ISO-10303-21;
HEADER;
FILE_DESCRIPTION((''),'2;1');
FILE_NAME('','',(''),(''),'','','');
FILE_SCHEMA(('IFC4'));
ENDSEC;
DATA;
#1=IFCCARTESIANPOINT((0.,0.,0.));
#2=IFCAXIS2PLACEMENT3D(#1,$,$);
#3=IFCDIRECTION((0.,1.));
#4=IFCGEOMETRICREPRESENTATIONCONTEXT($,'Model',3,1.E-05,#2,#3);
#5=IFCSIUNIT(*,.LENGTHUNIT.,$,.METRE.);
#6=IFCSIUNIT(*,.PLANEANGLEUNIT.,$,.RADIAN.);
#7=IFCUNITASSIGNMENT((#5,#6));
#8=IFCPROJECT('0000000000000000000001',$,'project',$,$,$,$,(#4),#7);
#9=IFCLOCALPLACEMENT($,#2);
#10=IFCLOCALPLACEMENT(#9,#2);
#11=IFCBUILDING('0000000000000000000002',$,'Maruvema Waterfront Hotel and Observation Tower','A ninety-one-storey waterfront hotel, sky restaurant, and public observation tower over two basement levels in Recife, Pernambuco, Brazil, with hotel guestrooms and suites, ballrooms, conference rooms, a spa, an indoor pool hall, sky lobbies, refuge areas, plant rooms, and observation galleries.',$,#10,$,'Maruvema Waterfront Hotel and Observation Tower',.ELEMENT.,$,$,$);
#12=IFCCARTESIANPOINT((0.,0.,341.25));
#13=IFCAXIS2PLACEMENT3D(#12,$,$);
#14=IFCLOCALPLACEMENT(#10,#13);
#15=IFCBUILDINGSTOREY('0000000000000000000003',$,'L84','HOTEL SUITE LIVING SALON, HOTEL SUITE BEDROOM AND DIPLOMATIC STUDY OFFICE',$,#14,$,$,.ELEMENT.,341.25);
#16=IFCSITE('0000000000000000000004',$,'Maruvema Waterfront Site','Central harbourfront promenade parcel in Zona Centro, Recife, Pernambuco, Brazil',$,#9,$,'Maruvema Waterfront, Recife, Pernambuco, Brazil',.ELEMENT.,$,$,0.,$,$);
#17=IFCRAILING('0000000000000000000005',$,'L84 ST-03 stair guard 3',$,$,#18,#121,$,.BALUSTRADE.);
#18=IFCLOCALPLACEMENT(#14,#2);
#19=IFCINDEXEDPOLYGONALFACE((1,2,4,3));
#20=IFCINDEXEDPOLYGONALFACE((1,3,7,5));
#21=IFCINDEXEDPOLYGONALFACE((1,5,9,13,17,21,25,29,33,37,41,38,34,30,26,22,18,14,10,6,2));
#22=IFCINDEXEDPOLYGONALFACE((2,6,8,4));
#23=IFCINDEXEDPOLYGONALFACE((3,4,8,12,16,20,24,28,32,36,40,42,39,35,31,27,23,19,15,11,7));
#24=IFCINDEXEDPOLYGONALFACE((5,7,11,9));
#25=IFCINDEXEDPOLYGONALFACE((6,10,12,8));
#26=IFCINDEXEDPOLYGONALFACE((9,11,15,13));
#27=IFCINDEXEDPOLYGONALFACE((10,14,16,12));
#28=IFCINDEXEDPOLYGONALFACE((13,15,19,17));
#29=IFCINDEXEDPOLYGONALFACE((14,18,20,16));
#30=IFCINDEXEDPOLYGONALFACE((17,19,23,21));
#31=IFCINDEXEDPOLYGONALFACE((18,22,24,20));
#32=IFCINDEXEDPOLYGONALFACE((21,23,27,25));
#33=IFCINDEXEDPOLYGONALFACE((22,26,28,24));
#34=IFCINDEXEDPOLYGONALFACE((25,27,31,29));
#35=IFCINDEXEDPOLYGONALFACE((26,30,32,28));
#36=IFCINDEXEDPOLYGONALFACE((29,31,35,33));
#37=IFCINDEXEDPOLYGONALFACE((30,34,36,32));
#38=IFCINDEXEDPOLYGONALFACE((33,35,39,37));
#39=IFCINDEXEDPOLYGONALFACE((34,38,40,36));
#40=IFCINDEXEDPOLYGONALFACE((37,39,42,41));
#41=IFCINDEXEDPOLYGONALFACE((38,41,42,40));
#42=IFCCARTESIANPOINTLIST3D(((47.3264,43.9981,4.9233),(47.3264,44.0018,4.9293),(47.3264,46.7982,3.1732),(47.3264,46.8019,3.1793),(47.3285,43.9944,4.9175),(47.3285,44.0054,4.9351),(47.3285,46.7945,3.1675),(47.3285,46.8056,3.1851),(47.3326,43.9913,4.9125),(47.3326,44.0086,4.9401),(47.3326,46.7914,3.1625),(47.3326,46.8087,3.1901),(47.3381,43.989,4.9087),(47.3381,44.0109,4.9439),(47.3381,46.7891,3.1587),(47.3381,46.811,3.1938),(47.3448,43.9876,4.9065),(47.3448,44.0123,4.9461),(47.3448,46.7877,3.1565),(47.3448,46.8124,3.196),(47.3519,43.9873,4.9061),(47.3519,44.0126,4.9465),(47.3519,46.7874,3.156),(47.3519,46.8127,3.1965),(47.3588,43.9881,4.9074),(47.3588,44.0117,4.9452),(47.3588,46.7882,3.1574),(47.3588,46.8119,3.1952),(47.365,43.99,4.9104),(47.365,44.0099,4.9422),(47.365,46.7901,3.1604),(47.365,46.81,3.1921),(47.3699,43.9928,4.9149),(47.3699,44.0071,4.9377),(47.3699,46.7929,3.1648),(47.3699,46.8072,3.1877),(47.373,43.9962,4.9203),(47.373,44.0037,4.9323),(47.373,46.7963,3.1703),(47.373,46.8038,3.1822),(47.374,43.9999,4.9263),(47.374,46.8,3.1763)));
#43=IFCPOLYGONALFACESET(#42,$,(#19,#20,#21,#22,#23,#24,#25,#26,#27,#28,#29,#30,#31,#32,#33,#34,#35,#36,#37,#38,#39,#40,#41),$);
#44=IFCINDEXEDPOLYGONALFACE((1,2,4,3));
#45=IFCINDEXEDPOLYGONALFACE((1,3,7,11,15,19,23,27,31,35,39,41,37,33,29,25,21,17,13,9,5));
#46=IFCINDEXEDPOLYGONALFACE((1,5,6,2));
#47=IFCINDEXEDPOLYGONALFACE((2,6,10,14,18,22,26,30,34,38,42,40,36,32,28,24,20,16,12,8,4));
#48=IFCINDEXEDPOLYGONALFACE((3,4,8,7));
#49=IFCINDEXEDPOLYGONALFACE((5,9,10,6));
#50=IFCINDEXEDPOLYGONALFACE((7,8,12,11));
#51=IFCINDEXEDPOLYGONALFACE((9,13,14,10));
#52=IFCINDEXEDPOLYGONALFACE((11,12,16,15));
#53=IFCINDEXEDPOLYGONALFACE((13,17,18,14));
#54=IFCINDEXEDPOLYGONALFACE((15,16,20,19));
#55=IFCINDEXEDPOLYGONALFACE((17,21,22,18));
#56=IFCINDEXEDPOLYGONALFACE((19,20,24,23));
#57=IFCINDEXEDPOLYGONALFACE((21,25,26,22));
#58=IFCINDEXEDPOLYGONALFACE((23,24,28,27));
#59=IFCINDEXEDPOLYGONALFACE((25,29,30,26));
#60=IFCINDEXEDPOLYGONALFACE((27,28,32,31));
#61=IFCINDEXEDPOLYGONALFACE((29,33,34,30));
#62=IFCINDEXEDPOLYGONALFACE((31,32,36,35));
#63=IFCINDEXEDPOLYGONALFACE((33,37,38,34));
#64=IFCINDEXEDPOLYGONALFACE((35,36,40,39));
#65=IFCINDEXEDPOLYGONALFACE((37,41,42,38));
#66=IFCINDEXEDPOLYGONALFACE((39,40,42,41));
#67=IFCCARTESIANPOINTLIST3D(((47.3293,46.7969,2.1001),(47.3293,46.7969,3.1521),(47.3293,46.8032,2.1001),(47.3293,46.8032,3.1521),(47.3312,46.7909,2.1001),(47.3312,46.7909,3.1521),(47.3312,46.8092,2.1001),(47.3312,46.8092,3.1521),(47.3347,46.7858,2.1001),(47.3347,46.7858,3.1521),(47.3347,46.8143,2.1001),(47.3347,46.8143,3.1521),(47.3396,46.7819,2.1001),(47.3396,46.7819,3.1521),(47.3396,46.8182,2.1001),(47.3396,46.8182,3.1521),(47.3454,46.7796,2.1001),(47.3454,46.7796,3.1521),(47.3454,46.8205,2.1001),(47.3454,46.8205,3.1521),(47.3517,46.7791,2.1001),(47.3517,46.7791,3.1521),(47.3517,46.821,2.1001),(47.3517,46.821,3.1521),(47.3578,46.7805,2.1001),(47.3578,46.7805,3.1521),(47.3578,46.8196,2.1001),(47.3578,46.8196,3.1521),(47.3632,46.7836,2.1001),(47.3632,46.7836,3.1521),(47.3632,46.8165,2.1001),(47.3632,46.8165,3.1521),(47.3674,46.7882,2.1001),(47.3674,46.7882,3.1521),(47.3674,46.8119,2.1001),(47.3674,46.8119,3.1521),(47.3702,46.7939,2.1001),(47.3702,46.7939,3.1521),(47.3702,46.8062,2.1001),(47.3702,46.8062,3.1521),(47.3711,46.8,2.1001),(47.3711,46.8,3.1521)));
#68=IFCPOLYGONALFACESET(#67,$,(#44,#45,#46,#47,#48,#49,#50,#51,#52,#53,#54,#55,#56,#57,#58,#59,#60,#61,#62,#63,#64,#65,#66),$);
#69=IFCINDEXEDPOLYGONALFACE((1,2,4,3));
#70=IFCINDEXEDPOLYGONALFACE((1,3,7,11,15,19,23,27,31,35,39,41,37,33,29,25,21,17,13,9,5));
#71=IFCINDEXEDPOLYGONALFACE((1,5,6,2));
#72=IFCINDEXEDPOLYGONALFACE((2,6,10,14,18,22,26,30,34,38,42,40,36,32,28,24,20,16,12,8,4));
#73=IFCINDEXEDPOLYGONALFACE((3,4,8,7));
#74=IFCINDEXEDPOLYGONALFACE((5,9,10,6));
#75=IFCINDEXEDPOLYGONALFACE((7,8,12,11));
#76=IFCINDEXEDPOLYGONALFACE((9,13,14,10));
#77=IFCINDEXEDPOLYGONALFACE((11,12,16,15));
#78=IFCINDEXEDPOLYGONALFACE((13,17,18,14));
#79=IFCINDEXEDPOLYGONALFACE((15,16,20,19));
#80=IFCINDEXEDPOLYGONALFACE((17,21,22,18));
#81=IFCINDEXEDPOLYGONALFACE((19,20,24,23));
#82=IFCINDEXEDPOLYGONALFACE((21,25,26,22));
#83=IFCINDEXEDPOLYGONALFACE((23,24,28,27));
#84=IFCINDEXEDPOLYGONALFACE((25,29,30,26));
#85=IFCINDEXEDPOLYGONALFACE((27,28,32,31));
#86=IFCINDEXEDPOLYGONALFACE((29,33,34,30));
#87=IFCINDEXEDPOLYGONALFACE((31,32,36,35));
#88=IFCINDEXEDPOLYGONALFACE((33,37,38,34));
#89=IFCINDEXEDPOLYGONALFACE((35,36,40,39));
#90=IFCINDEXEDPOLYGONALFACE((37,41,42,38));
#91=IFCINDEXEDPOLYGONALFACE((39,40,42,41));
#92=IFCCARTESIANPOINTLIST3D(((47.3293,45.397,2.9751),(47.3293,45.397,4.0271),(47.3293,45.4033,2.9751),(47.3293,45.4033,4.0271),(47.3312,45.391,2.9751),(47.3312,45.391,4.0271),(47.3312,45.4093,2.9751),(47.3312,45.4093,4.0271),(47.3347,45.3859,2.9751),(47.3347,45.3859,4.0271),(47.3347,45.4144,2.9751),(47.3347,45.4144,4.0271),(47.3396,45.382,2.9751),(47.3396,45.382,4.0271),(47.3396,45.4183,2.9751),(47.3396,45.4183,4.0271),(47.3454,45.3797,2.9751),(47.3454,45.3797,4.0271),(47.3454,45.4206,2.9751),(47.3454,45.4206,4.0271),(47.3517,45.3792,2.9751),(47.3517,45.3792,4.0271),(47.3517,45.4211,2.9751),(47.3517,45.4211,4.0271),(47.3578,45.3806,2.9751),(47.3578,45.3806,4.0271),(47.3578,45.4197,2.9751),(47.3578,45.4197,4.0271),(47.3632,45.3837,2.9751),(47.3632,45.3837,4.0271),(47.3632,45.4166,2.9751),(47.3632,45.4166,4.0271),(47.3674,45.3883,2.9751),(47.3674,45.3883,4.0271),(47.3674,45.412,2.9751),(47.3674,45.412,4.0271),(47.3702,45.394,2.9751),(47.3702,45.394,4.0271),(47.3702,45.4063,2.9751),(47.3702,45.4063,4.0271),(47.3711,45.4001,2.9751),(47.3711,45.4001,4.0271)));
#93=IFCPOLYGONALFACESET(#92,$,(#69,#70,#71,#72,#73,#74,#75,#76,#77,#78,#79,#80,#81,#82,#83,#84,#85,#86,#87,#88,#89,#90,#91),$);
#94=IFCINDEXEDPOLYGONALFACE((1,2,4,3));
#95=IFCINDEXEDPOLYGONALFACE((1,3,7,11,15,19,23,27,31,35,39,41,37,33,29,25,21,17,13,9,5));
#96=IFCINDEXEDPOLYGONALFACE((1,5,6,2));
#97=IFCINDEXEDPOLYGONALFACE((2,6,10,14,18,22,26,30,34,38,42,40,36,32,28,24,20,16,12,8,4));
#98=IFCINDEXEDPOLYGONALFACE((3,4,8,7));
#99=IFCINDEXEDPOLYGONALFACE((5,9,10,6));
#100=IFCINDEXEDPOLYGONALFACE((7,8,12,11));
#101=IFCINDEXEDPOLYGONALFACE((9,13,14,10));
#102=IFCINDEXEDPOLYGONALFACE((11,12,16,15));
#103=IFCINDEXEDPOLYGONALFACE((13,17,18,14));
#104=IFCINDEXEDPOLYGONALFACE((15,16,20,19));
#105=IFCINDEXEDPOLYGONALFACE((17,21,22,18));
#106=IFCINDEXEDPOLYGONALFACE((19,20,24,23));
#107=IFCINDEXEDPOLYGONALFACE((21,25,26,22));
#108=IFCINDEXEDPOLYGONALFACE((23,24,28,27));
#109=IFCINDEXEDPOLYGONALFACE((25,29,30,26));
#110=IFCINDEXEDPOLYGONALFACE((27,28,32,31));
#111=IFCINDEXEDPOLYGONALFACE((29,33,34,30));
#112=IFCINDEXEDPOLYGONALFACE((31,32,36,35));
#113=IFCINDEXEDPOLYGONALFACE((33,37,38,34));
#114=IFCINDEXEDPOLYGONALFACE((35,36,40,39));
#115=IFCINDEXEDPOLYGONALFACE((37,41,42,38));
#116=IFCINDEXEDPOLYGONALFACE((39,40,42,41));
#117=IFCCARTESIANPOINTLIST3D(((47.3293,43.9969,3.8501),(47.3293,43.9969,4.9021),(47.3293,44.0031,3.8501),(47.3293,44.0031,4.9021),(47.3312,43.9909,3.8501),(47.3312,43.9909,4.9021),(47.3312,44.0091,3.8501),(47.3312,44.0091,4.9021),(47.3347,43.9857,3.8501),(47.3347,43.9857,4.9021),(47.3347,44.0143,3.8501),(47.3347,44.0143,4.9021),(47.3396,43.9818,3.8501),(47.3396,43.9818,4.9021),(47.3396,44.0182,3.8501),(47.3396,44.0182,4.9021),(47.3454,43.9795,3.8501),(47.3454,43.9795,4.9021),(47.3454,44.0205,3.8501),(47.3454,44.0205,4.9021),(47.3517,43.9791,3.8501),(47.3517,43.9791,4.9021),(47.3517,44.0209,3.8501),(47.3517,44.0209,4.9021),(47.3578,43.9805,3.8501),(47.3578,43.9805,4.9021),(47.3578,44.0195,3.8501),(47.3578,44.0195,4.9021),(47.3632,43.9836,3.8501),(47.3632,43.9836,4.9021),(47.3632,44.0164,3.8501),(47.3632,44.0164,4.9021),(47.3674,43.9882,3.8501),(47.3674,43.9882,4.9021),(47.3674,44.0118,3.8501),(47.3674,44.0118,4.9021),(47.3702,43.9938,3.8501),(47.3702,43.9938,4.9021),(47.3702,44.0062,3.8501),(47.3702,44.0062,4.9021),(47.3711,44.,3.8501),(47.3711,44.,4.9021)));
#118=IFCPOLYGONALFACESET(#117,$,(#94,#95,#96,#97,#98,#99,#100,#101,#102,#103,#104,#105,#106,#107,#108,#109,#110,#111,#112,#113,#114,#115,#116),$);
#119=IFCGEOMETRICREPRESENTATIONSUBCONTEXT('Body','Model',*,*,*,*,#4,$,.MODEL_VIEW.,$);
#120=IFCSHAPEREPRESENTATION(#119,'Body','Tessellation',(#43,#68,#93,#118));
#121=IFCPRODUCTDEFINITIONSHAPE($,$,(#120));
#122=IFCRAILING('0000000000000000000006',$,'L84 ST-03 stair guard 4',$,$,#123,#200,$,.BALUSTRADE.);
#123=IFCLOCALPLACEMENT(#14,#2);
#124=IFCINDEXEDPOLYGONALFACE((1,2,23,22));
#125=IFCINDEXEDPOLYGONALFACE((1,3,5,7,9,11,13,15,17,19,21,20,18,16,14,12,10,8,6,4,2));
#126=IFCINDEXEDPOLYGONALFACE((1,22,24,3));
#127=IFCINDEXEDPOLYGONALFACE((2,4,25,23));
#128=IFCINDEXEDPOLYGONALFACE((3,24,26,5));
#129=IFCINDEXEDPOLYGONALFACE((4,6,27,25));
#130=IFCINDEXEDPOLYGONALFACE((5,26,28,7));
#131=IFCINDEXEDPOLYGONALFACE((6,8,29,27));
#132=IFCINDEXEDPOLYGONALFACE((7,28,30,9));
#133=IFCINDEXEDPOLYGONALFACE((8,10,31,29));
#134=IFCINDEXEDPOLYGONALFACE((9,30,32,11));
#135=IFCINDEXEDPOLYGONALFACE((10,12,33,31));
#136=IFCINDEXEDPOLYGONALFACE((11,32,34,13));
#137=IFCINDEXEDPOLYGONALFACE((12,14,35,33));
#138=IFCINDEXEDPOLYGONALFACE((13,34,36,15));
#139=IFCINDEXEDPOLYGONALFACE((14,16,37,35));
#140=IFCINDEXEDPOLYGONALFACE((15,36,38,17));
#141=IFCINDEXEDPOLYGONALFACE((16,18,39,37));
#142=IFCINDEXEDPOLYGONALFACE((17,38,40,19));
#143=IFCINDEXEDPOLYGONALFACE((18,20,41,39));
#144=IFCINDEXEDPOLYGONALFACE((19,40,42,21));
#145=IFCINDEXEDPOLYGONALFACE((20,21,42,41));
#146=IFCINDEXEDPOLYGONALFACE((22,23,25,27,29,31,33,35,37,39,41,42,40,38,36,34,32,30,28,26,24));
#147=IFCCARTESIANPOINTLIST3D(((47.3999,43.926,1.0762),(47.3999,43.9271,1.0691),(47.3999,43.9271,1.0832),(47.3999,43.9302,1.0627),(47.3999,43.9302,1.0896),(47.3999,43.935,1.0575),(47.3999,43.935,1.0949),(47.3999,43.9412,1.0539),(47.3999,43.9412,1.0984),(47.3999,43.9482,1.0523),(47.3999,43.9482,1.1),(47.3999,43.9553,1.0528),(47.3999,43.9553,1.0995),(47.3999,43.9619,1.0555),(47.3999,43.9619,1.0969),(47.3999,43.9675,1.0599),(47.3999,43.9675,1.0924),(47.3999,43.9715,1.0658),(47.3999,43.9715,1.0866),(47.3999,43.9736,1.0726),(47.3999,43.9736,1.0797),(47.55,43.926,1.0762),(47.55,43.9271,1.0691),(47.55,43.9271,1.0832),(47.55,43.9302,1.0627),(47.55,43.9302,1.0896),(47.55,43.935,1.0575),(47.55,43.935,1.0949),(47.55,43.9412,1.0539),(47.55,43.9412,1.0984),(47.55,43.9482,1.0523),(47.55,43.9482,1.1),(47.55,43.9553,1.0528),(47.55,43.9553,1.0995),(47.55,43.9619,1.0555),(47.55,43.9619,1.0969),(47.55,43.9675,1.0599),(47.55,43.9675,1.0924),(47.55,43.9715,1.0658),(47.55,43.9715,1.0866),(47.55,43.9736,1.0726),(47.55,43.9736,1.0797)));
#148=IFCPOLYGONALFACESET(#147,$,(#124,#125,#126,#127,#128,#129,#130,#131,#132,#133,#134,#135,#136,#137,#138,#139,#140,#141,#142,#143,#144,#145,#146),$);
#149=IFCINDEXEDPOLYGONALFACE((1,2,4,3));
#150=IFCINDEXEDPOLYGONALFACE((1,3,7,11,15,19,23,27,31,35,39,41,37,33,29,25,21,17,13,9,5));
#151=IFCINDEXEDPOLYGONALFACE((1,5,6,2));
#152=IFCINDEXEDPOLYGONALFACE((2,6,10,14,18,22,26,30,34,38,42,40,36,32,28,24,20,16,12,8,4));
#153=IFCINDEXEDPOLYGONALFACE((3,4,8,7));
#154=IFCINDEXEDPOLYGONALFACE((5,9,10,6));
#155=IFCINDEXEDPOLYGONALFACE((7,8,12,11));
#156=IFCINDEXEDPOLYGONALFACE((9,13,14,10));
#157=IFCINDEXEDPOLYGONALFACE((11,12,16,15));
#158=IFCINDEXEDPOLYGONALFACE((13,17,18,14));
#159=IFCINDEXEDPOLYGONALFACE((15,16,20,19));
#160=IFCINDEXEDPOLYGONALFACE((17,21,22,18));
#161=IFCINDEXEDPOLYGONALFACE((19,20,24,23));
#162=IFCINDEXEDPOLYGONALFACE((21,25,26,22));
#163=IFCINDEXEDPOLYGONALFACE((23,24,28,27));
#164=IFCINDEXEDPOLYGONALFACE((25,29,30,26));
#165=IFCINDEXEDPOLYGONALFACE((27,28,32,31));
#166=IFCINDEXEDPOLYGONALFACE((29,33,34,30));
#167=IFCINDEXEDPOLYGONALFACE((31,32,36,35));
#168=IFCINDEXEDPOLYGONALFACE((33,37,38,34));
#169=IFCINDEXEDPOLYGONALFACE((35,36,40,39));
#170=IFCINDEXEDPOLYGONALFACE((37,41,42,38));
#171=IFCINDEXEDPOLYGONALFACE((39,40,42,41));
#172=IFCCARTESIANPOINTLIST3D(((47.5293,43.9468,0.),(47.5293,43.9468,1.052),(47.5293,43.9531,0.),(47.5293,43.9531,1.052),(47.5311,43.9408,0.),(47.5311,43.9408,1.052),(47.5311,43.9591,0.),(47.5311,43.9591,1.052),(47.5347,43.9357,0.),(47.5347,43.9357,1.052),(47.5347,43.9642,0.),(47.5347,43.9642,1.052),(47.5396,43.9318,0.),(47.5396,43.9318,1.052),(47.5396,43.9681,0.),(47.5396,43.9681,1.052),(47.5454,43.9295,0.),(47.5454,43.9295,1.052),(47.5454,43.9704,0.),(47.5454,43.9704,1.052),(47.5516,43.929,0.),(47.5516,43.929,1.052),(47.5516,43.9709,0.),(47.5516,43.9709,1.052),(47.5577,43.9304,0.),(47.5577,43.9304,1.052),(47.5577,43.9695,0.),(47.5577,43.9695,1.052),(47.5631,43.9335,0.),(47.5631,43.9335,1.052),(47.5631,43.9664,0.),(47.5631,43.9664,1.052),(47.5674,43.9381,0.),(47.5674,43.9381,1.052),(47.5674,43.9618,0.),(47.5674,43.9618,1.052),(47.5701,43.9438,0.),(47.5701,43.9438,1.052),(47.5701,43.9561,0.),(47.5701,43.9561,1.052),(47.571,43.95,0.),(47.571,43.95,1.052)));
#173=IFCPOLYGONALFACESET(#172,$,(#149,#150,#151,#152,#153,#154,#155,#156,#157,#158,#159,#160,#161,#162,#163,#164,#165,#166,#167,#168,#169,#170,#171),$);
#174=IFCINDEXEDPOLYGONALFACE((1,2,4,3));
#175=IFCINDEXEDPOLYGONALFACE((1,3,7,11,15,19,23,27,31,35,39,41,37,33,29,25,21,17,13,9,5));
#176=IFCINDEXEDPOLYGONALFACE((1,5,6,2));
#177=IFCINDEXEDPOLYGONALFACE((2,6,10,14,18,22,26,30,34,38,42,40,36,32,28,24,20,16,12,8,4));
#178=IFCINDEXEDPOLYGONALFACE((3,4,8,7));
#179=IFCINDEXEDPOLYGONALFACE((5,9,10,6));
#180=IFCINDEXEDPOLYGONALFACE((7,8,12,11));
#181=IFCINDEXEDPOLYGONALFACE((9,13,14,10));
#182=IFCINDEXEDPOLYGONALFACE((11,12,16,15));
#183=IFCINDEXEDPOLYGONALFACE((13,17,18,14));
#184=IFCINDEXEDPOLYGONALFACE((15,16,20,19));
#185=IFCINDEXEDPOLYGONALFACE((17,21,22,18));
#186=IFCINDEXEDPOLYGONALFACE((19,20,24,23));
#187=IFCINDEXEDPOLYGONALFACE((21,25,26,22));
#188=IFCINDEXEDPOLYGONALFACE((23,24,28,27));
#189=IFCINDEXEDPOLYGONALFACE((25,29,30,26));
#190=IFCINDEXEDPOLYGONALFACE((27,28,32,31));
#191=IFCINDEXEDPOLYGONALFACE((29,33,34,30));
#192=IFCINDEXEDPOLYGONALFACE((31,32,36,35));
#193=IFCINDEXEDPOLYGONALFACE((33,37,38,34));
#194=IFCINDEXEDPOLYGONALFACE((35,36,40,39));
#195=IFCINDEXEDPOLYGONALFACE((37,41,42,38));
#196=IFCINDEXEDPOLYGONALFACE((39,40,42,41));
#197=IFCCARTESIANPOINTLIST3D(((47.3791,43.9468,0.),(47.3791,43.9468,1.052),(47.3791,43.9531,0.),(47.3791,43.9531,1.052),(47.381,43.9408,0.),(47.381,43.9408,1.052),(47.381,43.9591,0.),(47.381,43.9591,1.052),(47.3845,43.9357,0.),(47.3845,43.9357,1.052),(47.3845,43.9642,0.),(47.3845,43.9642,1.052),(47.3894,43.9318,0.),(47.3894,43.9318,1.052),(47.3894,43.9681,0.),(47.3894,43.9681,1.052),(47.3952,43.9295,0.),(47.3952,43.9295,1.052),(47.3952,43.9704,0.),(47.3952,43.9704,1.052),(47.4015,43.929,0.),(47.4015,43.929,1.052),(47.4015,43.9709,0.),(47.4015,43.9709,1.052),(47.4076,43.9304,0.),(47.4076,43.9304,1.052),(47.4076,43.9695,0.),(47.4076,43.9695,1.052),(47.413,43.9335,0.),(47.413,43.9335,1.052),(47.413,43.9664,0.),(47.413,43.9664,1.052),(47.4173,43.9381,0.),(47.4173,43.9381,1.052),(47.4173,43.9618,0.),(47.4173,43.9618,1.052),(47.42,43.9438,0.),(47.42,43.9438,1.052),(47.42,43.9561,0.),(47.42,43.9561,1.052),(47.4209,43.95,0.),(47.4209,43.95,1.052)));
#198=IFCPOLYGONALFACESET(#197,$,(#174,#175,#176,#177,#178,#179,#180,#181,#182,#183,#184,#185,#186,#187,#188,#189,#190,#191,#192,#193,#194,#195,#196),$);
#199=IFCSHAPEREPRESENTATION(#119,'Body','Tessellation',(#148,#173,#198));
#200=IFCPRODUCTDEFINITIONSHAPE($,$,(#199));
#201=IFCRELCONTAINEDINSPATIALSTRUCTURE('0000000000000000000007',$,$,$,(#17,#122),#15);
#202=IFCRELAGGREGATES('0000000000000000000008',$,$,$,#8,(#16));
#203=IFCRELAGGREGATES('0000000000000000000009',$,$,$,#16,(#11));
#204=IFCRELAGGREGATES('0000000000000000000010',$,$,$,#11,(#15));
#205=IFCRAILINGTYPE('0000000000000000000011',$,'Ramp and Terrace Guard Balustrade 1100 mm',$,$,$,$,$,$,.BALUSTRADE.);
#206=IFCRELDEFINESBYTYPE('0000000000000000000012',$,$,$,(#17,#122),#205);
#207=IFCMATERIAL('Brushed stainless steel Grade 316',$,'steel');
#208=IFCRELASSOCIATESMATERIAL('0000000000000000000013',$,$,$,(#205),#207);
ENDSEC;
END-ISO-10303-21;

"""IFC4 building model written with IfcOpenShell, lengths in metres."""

from ifc_helpers import new_model, si_unit, direction, frame, origin, origin_2d, place, context, subcontext, project, spatial, circle, extrude, material, type_object, element, save


model = new_model("IFC4")

# Units and contexts
model_context = context("Model", 3, precision=1e-05, world=origin(), true_north=direction((0.0, 1.0)))
body_context = subcontext(model_context, "Body", "Model", "MODEL_VIEW")
ifc_project = project(units=[si_unit("LENGTHUNIT", "METRE"), si_unit("PLANEANGLEUNIT", "RADIAN")], contexts=[model_context])

# Site, building, storey
site_placement = place(None, origin())
site = spatial("IfcSite", under=ifc_project, at=site_placement, Name="Maruvema Waterfront Site", Description="Central harbourfront promenade parcel in Zona Centro, Recife, Pernambuco, Brazil", LongName="Maruvema Waterfront, Recife, Pernambuco, Brazil", CompositionType="ELEMENT", RefElevation=0.0)
building_placement = place(site_placement, origin())
building = spatial("IfcBuilding", under=site, at=building_placement, Name="Maruvema Waterfront Hotel and Observation Tower", Description="A ninety-one-storey waterfront hotel, sky restaurant, and public observation tower over two basement levels in Recife, Pernambuco, Brazil, with hotel guestrooms and suites, ballrooms, conference rooms, a spa, an indoor pool hall, sky lobbies, refuge areas, plant rooms, and observation galleries.", LongName="Maruvema Waterfront Hotel and Observation Tower", CompositionType="ELEMENT")
storey_placement = place(building_placement, frame((0.0, 0.0, 341.25)))
storey = spatial("IfcBuildingStorey", under=building, at=storey_placement, Name="L84", Description="HOTEL SUITE LIVING SALON, HOTEL SUITE BEDROOM AND DIPLOMATIC STUDY OFFICE", CompositionType="ELEMENT", Elevation=341.25)

# Railings
ifc_material_1 = material(Name="Brushed stainless steel Grade 316", Category="steel")
railing_type_1 = type_object("IfcRailingType", Name="Ramp and Terrace Guard Balustrade 1100 mm", PredefinedType="BALUSTRADE", material=ifc_material_1)
railing_1_placement = place(storey_placement, frame((47.3501, 46.8, 2.1001)))
element("IfcRailing", 1, at=railing_1_placement, inside=storey, type_object=railing_type_1, Name="L84 ST-03 stair guard 3", PredefinedType="BALUSTRADE", context=body_context, shape_type="SweptSolid", body=[
    extrude(circle(Radius=0.0239, at=origin_2d()), frame((0.0, 0.0, 1.0762), z_axis=(0.0, -0.848002, 0.529992), x_axis=(1.0, 0.0, 0.0)), (0.0, 0.0, 1.0), 3.302),
    extrude(circle(Radius=0.021, at=origin_2d()), origin(), (0.0, 0.0, 1.0), 1.052),
    extrude(circle(Radius=0.021, at=origin_2d()), frame((0.0, -1.3999, 0.875)), (0.0, 0.0, 1.0), 1.052),
    extrude(circle(Radius=0.021, at=origin_2d()), frame((0.0, -2.8, 1.75)), (0.0, 0.0, 1.0), 1.052),
])
railing_2_placement = place(storey_placement, frame((47.55, 43.95, 0.0)))
element("IfcRailing", 2, at=railing_2_placement, inside=storey, type_object=railing_type_1, Name="L84 ST-03 stair guard 4", PredefinedType="BALUSTRADE", context=body_context, shape_type="SweptSolid", body=[
    extrude(circle(Radius=0.0239, at=origin_2d()), frame((0.0, 0.0, 1.0762), z_axis=(-1.0, 0.0, 0.0), x_axis=(0.0, -1.0, 0.0)), (0.0, 0.0, 1.0), 0.1501),
    extrude(circle(Radius=0.021, at=origin_2d()), origin(), (0.0, 0.0, 1.0), 1.052),
    extrude(circle(Radius=0.021, at=origin_2d()), frame((-0.1501, 0.0, 0.0)), (0.0, 0.0, 1.0), 1.052),
])

save(model, "model.ifc")
